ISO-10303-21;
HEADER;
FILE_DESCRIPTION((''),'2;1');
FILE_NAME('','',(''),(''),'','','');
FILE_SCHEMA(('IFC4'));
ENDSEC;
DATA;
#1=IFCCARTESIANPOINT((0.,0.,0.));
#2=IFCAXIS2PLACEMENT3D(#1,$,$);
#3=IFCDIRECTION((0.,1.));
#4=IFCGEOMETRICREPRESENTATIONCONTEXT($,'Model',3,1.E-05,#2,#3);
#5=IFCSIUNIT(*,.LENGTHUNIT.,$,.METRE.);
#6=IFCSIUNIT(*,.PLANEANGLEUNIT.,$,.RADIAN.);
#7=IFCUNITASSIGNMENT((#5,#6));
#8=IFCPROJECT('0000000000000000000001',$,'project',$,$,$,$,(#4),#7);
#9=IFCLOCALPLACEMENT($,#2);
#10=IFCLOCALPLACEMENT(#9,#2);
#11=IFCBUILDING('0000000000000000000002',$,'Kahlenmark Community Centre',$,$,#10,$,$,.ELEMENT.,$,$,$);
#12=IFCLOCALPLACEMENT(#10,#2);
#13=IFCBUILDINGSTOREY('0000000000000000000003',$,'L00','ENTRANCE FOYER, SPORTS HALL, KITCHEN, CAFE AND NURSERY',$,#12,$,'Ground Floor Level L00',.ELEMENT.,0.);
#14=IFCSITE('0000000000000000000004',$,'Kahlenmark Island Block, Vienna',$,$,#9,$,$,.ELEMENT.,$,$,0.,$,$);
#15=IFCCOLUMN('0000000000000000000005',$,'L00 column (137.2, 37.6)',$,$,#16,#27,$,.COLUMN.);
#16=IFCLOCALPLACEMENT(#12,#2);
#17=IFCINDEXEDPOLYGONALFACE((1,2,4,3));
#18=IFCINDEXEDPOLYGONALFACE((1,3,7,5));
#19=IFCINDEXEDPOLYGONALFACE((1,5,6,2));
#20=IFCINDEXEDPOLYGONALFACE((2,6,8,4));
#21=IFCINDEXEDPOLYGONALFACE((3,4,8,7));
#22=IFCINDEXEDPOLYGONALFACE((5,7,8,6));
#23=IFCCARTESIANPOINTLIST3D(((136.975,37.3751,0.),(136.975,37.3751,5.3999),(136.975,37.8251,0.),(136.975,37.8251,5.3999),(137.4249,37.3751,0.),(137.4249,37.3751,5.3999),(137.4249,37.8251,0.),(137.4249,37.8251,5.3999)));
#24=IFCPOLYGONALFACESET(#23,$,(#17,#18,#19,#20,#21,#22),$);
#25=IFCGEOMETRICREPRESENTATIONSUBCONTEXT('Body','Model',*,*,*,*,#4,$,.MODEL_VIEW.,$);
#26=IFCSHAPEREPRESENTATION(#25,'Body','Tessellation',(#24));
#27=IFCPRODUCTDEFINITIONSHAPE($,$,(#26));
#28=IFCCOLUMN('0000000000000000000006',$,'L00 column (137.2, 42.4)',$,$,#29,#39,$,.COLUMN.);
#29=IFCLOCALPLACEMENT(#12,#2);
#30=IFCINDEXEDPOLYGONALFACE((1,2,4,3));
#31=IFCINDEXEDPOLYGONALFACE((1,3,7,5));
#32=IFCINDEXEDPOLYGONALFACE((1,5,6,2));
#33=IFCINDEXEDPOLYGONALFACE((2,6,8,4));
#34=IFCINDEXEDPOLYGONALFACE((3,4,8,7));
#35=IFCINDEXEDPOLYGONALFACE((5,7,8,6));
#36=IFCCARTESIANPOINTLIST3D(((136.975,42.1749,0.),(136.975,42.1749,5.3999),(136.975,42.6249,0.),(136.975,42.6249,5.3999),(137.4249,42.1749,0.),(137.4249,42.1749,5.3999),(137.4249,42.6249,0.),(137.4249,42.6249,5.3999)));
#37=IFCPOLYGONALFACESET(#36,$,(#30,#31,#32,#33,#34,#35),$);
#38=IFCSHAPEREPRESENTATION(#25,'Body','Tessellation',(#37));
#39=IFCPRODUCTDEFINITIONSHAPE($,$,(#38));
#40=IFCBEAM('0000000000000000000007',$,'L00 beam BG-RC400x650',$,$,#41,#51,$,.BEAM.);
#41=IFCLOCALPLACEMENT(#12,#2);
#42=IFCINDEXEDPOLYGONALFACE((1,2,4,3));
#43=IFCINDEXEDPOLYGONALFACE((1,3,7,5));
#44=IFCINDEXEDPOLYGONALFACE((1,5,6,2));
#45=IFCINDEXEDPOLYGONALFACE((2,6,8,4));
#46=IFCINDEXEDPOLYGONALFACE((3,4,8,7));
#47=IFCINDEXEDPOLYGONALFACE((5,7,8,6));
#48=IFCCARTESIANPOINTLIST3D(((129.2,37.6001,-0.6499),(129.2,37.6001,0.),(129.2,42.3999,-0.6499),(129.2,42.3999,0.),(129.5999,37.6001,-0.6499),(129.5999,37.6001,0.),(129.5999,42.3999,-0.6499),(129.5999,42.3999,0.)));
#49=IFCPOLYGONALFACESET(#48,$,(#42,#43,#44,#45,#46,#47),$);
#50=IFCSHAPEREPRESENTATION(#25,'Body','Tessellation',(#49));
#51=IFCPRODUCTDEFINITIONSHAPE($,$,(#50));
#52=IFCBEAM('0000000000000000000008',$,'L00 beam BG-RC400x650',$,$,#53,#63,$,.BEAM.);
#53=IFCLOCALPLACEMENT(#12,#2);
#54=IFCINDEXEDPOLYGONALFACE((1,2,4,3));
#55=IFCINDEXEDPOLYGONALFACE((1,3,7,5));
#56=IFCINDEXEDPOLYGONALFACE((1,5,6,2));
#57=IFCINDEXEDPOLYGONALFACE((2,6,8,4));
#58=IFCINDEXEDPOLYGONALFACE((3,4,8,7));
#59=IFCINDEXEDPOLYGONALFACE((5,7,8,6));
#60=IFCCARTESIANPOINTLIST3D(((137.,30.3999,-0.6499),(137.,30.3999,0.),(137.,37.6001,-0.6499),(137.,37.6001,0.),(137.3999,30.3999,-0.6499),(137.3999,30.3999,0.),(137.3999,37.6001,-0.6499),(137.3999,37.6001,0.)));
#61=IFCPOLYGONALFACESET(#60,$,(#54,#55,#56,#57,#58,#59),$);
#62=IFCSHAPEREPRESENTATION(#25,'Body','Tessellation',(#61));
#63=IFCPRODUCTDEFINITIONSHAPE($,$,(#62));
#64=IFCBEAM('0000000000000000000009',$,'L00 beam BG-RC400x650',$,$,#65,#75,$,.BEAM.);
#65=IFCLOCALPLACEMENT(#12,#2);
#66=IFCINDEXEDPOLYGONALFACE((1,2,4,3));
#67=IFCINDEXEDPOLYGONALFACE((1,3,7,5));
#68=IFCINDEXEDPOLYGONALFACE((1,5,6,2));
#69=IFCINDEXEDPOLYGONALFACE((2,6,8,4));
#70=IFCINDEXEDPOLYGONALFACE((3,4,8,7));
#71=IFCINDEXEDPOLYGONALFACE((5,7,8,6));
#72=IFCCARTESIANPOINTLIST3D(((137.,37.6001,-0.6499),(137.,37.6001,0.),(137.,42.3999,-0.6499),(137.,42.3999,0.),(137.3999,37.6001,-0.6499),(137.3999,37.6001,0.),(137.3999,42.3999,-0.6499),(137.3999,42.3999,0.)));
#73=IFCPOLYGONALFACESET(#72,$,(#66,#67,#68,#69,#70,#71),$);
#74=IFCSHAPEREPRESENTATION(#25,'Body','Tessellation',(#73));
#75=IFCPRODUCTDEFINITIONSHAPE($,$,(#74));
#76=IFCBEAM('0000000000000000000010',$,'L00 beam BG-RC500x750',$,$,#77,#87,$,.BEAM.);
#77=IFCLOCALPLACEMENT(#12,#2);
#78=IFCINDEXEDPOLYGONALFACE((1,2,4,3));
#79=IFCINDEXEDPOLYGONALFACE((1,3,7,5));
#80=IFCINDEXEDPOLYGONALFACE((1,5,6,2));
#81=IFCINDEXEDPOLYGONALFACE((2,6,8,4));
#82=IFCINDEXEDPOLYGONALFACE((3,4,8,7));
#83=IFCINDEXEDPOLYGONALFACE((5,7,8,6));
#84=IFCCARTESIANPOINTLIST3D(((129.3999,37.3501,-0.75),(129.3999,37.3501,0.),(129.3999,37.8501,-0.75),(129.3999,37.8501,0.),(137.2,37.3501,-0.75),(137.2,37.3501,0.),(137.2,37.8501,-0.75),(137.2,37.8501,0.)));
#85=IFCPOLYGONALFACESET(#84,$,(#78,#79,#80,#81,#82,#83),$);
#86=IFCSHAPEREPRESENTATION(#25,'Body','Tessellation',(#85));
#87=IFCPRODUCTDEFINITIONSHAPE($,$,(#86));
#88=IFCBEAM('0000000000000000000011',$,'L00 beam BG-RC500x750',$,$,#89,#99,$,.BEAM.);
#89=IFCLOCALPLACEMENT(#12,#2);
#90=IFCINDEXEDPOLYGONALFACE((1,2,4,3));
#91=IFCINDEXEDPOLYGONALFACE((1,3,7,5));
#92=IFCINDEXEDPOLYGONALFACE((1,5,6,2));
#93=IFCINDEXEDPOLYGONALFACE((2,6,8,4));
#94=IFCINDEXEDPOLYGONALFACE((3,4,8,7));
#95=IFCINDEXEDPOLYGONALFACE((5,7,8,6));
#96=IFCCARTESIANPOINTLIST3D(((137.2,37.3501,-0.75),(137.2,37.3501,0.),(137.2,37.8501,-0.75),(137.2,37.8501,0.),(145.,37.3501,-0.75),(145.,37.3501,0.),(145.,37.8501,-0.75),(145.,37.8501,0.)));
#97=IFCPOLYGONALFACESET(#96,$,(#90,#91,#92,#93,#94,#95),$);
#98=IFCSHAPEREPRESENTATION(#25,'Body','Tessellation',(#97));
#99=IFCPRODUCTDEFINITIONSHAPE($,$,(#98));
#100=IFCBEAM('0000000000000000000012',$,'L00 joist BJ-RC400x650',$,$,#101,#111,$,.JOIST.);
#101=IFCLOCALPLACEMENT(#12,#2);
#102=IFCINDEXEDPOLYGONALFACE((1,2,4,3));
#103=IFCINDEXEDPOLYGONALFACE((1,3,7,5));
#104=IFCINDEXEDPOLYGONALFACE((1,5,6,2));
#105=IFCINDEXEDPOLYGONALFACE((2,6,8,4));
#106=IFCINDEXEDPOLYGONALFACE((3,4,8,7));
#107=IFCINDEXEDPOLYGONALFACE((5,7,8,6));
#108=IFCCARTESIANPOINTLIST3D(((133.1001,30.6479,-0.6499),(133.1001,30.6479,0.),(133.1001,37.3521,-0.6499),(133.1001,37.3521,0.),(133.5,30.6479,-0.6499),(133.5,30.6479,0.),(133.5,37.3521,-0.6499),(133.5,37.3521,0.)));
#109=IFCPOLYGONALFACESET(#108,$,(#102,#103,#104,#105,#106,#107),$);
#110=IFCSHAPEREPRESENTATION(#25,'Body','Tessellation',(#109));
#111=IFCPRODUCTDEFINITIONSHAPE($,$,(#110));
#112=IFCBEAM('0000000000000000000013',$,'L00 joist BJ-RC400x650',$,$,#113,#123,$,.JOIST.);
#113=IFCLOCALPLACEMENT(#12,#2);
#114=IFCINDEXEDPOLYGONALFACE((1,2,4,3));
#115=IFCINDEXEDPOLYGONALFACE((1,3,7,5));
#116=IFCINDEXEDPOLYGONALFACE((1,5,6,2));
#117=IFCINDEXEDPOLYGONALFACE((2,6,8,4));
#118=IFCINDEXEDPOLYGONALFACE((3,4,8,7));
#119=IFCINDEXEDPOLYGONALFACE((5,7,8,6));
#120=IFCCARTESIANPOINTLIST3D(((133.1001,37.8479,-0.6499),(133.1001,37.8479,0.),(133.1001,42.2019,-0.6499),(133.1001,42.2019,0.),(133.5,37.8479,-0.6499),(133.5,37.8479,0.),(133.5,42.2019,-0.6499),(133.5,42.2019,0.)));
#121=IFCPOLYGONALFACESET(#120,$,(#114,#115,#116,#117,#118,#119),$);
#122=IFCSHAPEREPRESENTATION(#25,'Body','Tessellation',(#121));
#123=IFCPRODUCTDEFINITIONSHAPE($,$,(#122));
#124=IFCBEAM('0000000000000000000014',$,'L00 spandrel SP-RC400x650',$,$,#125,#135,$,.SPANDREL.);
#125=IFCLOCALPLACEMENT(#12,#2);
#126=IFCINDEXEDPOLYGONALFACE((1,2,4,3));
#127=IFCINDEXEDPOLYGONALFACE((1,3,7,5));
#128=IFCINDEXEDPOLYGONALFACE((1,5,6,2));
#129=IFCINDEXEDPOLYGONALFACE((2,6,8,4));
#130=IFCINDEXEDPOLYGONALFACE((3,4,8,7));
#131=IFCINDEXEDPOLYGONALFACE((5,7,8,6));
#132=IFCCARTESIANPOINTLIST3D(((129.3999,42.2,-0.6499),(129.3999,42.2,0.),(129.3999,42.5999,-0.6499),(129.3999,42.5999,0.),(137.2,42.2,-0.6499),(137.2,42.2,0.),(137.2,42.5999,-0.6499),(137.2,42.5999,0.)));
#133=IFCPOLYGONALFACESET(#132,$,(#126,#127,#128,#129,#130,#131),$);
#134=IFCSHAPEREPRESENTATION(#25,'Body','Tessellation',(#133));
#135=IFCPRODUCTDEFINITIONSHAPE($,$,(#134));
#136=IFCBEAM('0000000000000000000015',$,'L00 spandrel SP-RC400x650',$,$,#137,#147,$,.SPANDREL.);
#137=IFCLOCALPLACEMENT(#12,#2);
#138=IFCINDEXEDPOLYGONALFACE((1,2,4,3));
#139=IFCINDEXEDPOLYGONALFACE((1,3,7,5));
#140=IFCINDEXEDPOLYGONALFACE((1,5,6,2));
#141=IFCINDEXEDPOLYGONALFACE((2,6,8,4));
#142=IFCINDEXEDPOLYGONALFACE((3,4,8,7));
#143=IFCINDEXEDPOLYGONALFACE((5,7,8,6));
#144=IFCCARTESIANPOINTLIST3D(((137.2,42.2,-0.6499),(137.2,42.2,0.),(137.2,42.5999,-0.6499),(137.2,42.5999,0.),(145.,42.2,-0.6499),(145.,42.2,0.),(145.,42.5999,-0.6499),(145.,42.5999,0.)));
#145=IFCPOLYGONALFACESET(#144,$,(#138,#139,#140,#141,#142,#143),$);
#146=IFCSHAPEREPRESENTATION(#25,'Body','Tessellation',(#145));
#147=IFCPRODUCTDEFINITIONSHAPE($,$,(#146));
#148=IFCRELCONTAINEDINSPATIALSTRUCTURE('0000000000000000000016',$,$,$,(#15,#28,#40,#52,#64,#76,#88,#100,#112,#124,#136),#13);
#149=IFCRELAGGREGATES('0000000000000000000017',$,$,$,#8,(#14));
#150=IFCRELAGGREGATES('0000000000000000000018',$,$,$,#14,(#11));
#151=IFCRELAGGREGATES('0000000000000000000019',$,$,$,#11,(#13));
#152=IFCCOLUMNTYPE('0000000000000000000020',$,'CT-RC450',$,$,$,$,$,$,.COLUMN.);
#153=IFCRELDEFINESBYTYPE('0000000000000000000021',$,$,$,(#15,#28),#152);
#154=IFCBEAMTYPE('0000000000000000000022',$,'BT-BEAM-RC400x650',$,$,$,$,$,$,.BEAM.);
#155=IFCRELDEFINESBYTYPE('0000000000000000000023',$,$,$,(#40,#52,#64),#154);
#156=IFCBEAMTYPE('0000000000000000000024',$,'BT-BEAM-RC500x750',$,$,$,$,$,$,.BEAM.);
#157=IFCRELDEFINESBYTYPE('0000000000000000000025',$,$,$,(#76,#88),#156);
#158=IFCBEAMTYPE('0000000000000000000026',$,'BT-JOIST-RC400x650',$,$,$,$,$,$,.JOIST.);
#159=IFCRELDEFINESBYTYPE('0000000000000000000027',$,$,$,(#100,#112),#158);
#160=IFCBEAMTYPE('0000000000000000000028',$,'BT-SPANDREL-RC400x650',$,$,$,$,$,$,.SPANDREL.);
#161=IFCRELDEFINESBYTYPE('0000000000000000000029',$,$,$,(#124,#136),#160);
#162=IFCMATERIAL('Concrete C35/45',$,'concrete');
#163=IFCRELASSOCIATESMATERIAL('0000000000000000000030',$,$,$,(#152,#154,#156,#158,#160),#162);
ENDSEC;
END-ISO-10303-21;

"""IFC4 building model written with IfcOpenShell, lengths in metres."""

from ifc_helpers import new_model, si_unit, direction, frame, origin, origin_2d, place, context, subcontext, project, spatial, rectangle, extrude, material, material_profile, profile_set, type_object, element, save


model = new_model("IFC4")

# Units and contexts
model_context = context("Model", 3, precision=1e-05, world=origin(), true_north=direction((0.0, 1.0)))
body_context = subcontext(model_context, "Body", "Model", "MODEL_VIEW")
ifc_project = project(units=[si_unit("LENGTHUNIT", "METRE"), si_unit("PLANEANGLEUNIT", "RADIAN")], contexts=[model_context])

# Site, building, storey
site_placement = place(None, origin())
site = spatial("IfcSite", under=ifc_project, at=site_placement, Name="Kahlenmark Island Block, Vienna", CompositionType="ELEMENT", RefElevation=0.0)
building_placement = place(site_placement, origin())
building = spatial("IfcBuilding", under=site, at=building_placement, Name="Kahlenmark Community Centre", CompositionType="ELEMENT")
storey_placement = place(building_placement, origin())
storey = spatial("IfcBuildingStorey", under=building, at=storey_placement, Name="L00", Description="ENTRANCE FOYER, SPORTS HALL, KITCHEN, CAFE AND NURSERY", LongName="Ground Floor Level L00", CompositionType="ELEMENT", Elevation=0.0)

# Columns
ifc_material_1 = material(Name="Concrete C35/45", Category="concrete")
ifc_material_profile_1 = material_profile(ifc_material_1, rectangle(XDim=0.45, YDim=0.45, at=origin_2d()), Name="RC 450x450")
ifc_profile_set_1 = profile_set([ifc_material_profile_1], Name="Concrete C35/45")
column_type = type_object("IfcColumnType", Name="CT-RC450", PredefinedType="COLUMN", material=ifc_profile_set_1)
for number, where, z_axis, x_axis, name in (
    (1, (137.2, 37.6001, 0.0), (0.0, 0.0, 1.0), (1.0, 0.0, 0.0), "L00 column (137.2, 37.6)"),
    (2, (137.2, 42.3999, 0.0), (0.0, 0.0, 1.0), (1.0, 0.0, 0.0), "L00 column (137.2, 42.4)"),
):
    element("IfcColumn", number, at=place(storey_placement, frame(where, z_axis=z_axis, x_axis=x_axis)), inside=storey, type_object=column_type, Name=name, PredefinedType="COLUMN", context=body_context, shape_type="SweptSolid", body=[
        extrude(rectangle(XDim=0.45, YDim=0.45, at=origin_2d()), origin(), (0.0, 0.0, 1.0), 5.3999),
    ])

# Beams
ifc_material_profile_2 = material_profile(ifc_material_1, rectangle(XDim=0.3999, YDim=0.6499, at=origin_2d()), Name="RC 400x650")
ifc_profile_set_2 = profile_set([ifc_material_profile_2], Name="Concrete C35/45")
beam_type_1 = type_object("IfcBeamType", Name="BT-BEAM-RC400x650", PredefinedType="BEAM", material=ifc_profile_set_2)
beam_1_placement = place(storey_placement, frame((129.3999, 37.6001, -0.325), z_axis=(0.0, 1.0, 0.0), x_axis=(-1.0, 0.0, 0.0)))
element("IfcBeam", 3, at=beam_1_placement, inside=storey, type_object=beam_type_1, Name="L00 beam BG-RC400x650", PredefinedType="BEAM", context=body_context, shape_type="SweptSolid", body=[
    extrude(rectangle(XDim=0.3999, YDim=0.6499, at=origin_2d()), origin(), (0.0, 0.0, 1.0), 4.7998),
])
beam_2_placement = place(storey_placement, frame((137.2, 30.3999, -0.325), z_axis=(0.0, 1.0, 0.0), x_axis=(-1.0, 0.0, 0.0)))
element("IfcBeam", 4, at=beam_2_placement, inside=storey, type_object=beam_type_1, Name="L00 beam BG-RC400x650", PredefinedType="BEAM", context=body_context, shape_type="SweptSolid", body=[
    extrude(rectangle(XDim=0.3999, YDim=0.6499, at=origin_2d()), origin(), (0.0, 0.0, 1.0), 7.2002),
])
beam_3_placement = place(storey_placement, frame((137.2, 37.6001, -0.325), z_axis=(0.0, 1.0, 0.0), x_axis=(-1.0, 0.0, 0.0)))
element("IfcBeam", 5, at=beam_3_placement, inside=storey, type_object=beam_type_1, Name="L00 beam BG-RC400x650", PredefinedType="BEAM", context=body_context, shape_type="SweptSolid", body=[
    extrude(rectangle(XDim=0.3999, YDim=0.6499, at=origin_2d()), origin(), (0.0, 0.0, 1.0), 4.7998),
])
ifc_material_profile_3 = material_profile(ifc_material_1, rectangle(XDim=0.5, YDim=0.75, at=origin_2d()), Name="RC 500x750")
ifc_profile_set_3 = profile_set([ifc_material_profile_3], Name="Concrete C35/45")
beam_type_2 = type_object("IfcBeamType", Name="BT-BEAM-RC500x750", PredefinedType="BEAM", material=ifc_profile_set_3)
for number, where, z_axis, x_axis, name in (
    (6, (129.3999, 37.6001, -0.375), (1.0, 0.0, 0.0), (0.0, 1.0, 0.0), "L00 beam BG-RC500x750"),
    (7, (137.2, 37.6001, -0.375), (1.0, 0.0, 0.0), (0.0, 1.0, 0.0), "L00 beam BG-RC500x750"),
):
    element("IfcBeam", number, at=place(storey_placement, frame(where, z_axis=z_axis, x_axis=x_axis)), inside=storey, type_object=beam_type_2, Name=name, PredefinedType="BEAM", context=body_context, shape_type="SweptSolid", body=[
        extrude(rectangle(XDim=0.5, YDim=0.75, at=origin_2d()), origin(), (0.0, 0.0, 1.0), 7.8),
    ])
ifc_material_profile_4 = material_profile(ifc_material_1, rectangle(XDim=0.3999, YDim=0.6499, at=origin_2d()), Name="RC 400x650")
ifc_profile_set_4 = profile_set([ifc_material_profile_4], Name="Concrete C35/45")
beam_type_3 = type_object("IfcBeamType", Name="BT-JOIST-RC400x650", PredefinedType="JOIST", material=ifc_profile_set_4)
beam_4_placement = place(storey_placement, frame((133.3, 30.6479, -0.325), z_axis=(0.0, 1.0, 0.0), x_axis=(-1.0, 0.0, 0.0)))
element("IfcBeam", 8, at=beam_4_placement, inside=storey, type_object=beam_type_3, Name="L00 joist BJ-RC400x650", PredefinedType="JOIST", context=body_context, shape_type="SweptSolid", body=[
    extrude(rectangle(XDim=0.3999, YDim=0.6499, at=origin_2d()), origin(), (0.0, 0.0, 1.0), 6.7041),
])
beam_5_placement = place(storey_placement, frame((133.3, 37.8479, -0.325), z_axis=(0.0, 1.0, 0.0), x_axis=(-1.0, 0.0, 0.0)))
element("IfcBeam", 9, at=beam_5_placement, inside=storey, type_object=beam_type_3, Name="L00 joist BJ-RC400x650", PredefinedType="JOIST", context=body_context, shape_type="SweptSolid", body=[
    extrude(rectangle(XDim=0.3999, YDim=0.6499, at=origin_2d()), origin(), (0.0, 0.0, 1.0), 4.354),
])
ifc_material_profile_5 = material_profile(ifc_material_1, rectangle(XDim=0.3999, YDim=0.6499, at=origin_2d()), Name="RC 400x650")
ifc_profile_set_5 = profile_set([ifc_material_profile_5], Name="Concrete C35/45")
beam_type_4 = type_object("IfcBeamType", Name="BT-SPANDREL-RC400x650", PredefinedType="SPANDREL", material=ifc_profile_set_5)
for number, where, z_axis, x_axis, name in (
    (10, (129.3999, 42.3999, -0.325), (1.0, 0.0, 0.0), (0.0, 1.0, 0.0), "L00 spandrel SP-RC400x650"),
    (11, (137.2, 42.3999, -0.325), (1.0, 0.0, 0.0), (0.0, 1.0, 0.0), "L00 spandrel SP-RC400x650"),
):
    element("IfcBeam", number, at=place(storey_placement, frame(where, z_axis=z_axis, x_axis=x_axis)), inside=storey, type_object=beam_type_4, Name=name, PredefinedType="SPANDREL", context=body_context, shape_type="SweptSolid", body=[
        extrude(rectangle(XDim=0.3999, YDim=0.6499, at=origin_2d()), origin(), (0.0, 0.0, 1.0), 7.8),
    ])

save(model, "model.ifc")
